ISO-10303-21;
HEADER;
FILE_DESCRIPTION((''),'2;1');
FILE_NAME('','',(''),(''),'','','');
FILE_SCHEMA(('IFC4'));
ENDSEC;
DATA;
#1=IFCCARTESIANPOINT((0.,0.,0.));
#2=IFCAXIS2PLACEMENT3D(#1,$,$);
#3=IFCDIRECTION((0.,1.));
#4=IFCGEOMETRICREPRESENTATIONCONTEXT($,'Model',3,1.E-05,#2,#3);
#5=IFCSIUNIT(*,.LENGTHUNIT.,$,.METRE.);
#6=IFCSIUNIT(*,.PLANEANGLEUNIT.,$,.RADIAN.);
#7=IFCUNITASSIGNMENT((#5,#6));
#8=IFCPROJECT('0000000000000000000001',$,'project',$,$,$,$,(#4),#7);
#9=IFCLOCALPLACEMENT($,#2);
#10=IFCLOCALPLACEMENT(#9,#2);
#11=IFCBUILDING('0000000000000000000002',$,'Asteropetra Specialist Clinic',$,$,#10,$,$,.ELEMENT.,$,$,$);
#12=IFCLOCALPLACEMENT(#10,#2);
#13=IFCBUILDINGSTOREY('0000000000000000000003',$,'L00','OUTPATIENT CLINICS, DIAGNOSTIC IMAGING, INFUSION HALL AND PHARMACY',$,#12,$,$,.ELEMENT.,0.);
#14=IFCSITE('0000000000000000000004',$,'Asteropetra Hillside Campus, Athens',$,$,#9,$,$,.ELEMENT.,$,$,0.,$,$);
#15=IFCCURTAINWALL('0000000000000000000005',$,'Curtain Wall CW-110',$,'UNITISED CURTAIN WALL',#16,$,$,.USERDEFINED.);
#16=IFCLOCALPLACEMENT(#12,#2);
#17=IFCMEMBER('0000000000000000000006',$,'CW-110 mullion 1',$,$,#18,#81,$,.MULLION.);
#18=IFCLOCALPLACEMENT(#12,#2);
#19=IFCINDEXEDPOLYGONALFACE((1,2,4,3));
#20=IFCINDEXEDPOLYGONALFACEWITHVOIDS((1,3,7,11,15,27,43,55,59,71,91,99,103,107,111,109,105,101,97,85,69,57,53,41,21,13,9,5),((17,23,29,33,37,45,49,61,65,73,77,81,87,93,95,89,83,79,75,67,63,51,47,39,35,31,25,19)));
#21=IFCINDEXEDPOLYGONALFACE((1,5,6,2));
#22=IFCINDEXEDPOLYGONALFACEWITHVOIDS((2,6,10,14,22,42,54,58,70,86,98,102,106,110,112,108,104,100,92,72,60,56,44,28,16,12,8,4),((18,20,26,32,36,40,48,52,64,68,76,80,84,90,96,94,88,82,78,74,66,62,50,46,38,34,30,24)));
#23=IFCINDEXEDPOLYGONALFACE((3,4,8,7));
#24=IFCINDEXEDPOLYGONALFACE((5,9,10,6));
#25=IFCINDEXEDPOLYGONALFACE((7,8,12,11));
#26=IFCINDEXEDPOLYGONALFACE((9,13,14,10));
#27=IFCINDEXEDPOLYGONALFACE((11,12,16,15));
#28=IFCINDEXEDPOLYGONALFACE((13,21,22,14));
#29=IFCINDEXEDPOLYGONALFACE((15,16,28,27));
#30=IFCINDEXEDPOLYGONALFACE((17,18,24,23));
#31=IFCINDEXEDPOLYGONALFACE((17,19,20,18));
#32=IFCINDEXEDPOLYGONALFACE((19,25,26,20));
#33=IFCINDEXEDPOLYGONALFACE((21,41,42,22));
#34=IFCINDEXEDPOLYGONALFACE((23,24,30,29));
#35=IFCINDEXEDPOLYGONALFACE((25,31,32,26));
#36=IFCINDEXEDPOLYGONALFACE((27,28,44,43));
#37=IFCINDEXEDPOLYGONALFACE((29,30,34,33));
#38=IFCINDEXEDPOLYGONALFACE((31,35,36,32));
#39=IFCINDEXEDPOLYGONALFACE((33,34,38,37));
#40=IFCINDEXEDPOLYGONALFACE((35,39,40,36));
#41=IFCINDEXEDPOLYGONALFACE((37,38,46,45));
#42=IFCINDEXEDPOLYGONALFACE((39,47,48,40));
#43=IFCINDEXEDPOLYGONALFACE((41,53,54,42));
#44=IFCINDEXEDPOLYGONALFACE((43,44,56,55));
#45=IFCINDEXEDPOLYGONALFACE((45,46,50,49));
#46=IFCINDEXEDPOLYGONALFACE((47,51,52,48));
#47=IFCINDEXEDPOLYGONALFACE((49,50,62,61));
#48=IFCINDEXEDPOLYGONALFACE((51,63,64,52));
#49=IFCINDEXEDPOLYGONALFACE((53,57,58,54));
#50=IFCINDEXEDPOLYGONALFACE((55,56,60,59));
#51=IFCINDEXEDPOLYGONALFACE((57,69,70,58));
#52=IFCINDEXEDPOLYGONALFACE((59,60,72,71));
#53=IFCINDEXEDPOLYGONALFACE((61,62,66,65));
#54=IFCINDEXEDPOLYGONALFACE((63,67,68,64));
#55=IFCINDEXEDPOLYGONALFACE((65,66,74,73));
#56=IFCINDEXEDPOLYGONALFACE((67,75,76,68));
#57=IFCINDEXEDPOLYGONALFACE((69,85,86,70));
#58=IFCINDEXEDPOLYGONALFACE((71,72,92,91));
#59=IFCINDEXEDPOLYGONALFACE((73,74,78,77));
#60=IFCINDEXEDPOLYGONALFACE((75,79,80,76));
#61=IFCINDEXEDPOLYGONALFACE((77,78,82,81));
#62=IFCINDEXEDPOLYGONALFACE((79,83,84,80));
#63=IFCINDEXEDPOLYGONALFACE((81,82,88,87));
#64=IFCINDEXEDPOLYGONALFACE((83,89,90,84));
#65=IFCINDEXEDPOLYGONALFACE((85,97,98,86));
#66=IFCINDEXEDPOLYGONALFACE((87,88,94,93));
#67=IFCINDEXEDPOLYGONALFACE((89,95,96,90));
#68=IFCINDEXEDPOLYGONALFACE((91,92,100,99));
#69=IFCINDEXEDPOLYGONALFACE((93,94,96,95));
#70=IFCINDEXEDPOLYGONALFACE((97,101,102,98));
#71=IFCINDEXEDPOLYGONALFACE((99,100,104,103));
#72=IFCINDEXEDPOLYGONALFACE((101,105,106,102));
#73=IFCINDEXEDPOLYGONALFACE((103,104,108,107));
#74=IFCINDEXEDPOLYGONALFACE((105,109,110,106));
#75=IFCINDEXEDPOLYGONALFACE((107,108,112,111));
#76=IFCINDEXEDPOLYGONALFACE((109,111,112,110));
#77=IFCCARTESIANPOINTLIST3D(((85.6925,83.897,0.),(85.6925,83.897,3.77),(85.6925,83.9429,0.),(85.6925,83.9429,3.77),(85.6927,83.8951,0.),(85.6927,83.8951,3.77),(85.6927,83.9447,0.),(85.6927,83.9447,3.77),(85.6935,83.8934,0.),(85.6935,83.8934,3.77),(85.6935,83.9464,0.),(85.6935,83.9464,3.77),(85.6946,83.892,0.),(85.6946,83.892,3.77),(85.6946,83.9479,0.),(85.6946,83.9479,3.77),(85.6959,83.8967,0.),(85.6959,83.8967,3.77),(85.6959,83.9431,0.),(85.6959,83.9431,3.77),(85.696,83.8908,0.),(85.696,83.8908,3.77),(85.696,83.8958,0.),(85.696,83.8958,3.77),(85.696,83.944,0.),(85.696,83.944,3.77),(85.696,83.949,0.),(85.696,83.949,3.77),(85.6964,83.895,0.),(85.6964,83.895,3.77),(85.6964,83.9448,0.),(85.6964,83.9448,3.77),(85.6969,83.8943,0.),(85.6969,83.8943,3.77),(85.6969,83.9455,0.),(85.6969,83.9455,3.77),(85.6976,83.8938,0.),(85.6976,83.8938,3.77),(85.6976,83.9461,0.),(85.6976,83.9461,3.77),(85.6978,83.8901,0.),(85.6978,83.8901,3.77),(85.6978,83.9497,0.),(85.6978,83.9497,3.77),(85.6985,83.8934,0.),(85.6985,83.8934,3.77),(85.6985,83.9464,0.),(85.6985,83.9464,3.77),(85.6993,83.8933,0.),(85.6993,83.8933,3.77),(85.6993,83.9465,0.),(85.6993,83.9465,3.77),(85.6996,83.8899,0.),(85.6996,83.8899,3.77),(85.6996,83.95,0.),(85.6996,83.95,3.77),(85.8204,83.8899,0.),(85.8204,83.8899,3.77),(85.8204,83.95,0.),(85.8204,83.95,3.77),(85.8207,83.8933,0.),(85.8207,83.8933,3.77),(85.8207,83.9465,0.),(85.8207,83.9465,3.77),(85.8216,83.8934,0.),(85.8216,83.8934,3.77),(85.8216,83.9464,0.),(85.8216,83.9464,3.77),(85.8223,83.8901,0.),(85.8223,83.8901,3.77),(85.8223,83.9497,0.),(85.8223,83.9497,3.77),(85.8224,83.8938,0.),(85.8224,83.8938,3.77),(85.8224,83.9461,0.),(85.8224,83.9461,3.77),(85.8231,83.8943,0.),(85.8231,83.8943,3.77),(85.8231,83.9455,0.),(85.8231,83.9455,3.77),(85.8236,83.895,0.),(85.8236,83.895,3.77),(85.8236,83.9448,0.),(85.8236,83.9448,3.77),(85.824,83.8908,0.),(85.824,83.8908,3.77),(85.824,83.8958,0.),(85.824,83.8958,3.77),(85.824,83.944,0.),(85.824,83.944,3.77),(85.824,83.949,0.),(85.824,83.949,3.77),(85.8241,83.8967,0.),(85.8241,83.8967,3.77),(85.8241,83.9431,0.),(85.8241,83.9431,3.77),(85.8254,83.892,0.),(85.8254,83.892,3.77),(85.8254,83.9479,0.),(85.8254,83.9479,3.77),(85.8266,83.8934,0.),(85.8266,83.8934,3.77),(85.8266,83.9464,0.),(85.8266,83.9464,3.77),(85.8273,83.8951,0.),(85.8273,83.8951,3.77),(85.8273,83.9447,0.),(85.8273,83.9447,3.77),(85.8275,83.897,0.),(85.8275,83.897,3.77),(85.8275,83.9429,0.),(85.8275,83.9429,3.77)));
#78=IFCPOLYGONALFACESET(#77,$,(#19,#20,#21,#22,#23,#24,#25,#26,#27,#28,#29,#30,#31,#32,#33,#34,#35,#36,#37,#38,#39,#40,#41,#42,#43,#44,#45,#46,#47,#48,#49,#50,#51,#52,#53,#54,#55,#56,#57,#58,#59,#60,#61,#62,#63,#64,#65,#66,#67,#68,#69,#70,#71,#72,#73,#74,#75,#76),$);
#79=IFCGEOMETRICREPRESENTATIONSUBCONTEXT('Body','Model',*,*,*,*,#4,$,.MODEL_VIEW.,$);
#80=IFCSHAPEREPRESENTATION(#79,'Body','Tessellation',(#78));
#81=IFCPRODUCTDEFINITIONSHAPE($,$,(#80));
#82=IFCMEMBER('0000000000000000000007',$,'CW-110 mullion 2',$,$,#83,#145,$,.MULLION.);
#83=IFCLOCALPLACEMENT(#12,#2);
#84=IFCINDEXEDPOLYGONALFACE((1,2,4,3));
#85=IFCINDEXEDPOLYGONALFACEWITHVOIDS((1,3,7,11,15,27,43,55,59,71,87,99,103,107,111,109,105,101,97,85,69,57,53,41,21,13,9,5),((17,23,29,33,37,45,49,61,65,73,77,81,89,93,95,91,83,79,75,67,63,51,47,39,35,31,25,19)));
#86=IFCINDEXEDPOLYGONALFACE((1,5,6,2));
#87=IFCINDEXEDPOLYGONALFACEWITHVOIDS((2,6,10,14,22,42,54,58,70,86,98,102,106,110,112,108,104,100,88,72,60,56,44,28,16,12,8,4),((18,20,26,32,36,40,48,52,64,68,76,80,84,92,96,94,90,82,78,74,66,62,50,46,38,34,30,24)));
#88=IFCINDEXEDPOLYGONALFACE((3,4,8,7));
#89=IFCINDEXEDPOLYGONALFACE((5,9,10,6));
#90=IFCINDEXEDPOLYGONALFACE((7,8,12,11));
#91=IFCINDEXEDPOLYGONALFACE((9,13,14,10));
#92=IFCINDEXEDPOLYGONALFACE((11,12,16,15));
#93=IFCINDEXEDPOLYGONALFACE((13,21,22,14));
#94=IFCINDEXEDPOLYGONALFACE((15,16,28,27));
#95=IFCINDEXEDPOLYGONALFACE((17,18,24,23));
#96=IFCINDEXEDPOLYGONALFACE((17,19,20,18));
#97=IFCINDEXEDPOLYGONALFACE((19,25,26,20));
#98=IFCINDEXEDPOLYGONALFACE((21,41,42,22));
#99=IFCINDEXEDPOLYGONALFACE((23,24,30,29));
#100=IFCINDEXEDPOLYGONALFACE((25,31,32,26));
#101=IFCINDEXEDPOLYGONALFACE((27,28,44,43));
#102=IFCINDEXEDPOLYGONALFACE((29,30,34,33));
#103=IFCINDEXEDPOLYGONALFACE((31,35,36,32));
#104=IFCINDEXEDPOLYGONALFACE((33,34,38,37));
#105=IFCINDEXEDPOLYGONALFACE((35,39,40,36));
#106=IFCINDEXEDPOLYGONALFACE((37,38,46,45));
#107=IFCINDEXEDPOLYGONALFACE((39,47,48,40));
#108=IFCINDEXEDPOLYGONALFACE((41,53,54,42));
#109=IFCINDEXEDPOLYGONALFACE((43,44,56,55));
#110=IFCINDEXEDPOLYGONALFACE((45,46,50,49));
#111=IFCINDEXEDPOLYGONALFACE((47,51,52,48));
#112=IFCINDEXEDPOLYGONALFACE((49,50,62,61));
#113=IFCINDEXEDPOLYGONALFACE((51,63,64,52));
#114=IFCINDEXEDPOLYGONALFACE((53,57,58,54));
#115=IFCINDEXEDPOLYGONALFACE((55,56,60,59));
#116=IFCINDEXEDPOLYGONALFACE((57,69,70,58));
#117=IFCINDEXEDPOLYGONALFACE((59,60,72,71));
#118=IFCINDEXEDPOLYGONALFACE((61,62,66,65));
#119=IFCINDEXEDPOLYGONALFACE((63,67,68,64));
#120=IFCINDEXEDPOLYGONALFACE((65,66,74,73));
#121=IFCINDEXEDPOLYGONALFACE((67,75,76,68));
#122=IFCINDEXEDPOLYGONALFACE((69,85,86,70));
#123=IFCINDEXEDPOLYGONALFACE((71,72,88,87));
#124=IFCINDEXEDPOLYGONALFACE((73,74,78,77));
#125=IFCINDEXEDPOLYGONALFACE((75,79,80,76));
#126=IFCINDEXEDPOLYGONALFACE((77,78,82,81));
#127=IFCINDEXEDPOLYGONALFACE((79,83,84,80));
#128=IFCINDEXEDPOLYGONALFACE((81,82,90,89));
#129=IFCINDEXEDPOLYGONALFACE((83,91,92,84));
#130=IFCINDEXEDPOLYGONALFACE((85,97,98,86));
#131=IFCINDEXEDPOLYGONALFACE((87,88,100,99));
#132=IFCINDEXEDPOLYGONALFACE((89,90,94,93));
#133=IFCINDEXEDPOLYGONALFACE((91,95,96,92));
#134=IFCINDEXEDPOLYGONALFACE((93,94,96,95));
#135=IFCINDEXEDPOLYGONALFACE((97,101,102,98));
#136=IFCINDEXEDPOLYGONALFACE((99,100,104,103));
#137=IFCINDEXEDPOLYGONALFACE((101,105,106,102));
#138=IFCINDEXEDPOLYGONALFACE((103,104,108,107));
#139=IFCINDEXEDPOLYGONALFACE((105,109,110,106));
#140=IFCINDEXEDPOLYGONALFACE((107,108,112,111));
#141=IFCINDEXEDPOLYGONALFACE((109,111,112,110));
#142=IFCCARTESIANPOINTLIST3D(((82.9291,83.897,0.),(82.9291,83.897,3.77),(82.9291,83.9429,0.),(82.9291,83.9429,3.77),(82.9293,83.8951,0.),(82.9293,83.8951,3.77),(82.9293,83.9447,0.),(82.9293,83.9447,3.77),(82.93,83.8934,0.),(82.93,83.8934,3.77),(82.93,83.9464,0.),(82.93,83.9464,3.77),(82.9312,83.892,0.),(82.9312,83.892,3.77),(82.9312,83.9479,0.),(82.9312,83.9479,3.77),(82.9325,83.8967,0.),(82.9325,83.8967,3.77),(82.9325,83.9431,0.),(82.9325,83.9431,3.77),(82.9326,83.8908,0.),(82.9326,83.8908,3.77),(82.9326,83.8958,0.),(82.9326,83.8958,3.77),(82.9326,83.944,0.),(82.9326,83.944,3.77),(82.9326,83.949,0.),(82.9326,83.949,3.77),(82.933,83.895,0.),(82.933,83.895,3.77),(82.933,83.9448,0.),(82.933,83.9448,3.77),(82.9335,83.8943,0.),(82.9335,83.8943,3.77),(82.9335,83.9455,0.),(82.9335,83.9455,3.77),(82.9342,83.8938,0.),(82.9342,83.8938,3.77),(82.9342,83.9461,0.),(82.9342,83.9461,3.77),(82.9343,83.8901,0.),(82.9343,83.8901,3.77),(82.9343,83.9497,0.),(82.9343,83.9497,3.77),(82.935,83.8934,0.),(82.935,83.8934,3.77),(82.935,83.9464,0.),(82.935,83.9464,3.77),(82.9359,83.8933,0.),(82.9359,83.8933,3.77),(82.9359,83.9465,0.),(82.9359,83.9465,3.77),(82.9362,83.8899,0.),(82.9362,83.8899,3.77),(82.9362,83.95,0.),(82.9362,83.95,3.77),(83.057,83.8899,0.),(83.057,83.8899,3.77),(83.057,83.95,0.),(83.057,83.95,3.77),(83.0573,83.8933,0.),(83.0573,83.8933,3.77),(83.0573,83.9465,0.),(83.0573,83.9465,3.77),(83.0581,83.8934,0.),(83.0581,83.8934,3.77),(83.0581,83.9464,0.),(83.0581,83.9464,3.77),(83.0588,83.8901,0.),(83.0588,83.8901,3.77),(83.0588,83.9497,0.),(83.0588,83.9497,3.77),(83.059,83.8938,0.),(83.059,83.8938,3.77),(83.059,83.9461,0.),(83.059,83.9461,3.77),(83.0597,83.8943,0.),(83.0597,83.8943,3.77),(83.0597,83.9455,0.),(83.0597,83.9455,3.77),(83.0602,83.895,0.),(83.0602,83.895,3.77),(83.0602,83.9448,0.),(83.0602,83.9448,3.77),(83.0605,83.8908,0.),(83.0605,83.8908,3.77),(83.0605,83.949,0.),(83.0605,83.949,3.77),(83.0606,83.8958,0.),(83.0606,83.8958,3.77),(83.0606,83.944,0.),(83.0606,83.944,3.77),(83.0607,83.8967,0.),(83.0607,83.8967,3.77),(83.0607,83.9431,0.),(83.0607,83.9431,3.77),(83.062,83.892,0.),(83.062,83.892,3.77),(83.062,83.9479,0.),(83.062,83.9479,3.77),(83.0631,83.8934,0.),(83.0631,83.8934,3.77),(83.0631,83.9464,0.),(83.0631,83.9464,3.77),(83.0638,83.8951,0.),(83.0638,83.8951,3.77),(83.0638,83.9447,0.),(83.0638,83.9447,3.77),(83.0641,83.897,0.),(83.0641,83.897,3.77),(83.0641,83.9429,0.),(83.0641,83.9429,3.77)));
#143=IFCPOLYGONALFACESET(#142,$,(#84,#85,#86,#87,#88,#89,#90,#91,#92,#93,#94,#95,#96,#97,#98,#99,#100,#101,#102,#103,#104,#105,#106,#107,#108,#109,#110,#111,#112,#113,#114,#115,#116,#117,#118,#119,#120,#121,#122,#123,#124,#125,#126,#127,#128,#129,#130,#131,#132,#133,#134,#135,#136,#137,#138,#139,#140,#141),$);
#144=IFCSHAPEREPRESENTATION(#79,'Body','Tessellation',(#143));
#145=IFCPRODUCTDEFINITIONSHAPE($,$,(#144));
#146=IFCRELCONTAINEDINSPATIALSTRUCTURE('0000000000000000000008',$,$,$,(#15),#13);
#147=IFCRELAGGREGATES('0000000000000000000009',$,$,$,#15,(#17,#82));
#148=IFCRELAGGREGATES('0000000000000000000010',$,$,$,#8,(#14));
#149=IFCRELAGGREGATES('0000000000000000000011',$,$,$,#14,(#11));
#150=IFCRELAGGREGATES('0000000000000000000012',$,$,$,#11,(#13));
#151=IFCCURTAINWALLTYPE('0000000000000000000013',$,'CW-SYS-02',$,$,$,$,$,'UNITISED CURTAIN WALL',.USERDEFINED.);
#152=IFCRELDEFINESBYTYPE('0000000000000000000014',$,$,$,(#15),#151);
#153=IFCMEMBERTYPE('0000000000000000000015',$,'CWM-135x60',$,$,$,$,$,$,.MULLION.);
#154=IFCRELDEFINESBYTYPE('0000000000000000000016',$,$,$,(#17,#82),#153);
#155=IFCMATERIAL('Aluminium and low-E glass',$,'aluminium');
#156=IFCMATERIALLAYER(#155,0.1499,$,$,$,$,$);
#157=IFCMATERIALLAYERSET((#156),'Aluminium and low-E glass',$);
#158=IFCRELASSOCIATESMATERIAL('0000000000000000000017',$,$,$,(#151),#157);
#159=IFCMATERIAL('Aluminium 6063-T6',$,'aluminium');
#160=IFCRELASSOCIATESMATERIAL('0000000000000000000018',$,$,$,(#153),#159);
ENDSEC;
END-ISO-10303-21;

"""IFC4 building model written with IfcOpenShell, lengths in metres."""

from ifc_helpers import new_model, si_unit, direction, frame, origin, origin_2d, place, context, subcontext, project, spatial, hollow_rectangle, extrude, material, layer, layer_set, material_profile, profile_set, type_object, element, aggregate, save


model = new_model("IFC4")

# Units and contexts
model_context = context("Model", 3, precision=1e-05, world=origin(), true_north=direction((0.0, 1.0)))
body_context = subcontext(model_context, "Body", "Model", "MODEL_VIEW")
ifc_project = project(units=[si_unit("LENGTHUNIT", "METRE"), si_unit("PLANEANGLEUNIT", "RADIAN")], contexts=[model_context])

# Site, building, storey
site_placement = place(None, origin())
site = spatial("IfcSite", under=ifc_project, at=site_placement, Name="Asteropetra Hillside Campus, Athens", CompositionType="ELEMENT", RefElevation=0.0)
building_placement = place(site_placement, origin())
building = spatial("IfcBuilding", under=site, at=building_placement, Name="Asteropetra Specialist Clinic", CompositionType="ELEMENT")
storey_placement = place(building_placement, origin())
storey = spatial("IfcBuildingStorey", under=building, at=storey_placement, Name="L00", Description="OUTPATIENT CLINICS, DIAGNOSTIC IMAGING, INFUSION HALL AND PHARMACY", CompositionType="ELEMENT", Elevation=0.0)

# Curtain wall, members
ifc_material_1 = material(Name="Aluminium and low-E glass", Category="aluminium")
ifc_layer_1 = layer(ifc_material_1, 0.1499)
ifc_layer_set_1 = layer_set([ifc_layer_1], Name="Aluminium and low-E glass")
curtain_wall_type_1 = type_object("IfcCurtainWallType", Name="CW-SYS-02", ElementType="UNITISED CURTAIN WALL", PredefinedType="USERDEFINED", material=ifc_layer_set_1)
curtain_wall_1_placement = place(storey_placement, origin())
curtain_wall_1 = element("IfcCurtainWall", 1, at=curtain_wall_1_placement, inside=storey, type_object=curtain_wall_type_1, Name="Curtain Wall CW-110", ObjectType="UNITISED CURTAIN WALL", PredefinedType="USERDEFINED")
ifc_material_2 = material(Name="Aluminium 6063-T6", Category="aluminium")
ifc_material_profile_1 = material_profile(ifc_material_2, hollow_rectangle(XDim=0.0601, YDim=0.135, WallThickness=0.0034, InnerFilletRadius=0.0034, OuterFilletRadius=0.0071, at=origin_2d()), Name="MUL 135x60x3.5")
ifc_profile_set_1 = profile_set([ifc_material_profile_1], Name="Aluminium 6063-T6")
member_type_1 = type_object("IfcMemberType", Name="CWM-135x60", PredefinedType="MULLION", material=ifc_profile_set_1)
member_1_placement = place(storey_placement, frame((85.76, 83.9199, 0.0), z_axis=(0.0, 0.0, 1.0), x_axis=(0.0, -1.0, 0.0)))
member_1 = element("IfcMember", 2, at=member_1_placement, type_object=member_type_1, Name="CW-110 mullion 1", PredefinedType="MULLION", context=body_context, shape_type="SweptSolid", body=[
    extrude(hollow_rectangle(XDim=0.0601, YDim=0.135, WallThickness=0.0034, InnerFilletRadius=0.0034, OuterFilletRadius=0.0071, at=origin_2d()), origin(), (0.0, 0.0, 1.0), 3.77),
])
member_2_placement = place(storey_placement, frame((82.9966, 83.9199, 0.0), z_axis=(0.0, 0.0, 1.0), x_axis=(0.0, -1.0, 0.0)))
member_2 = element("IfcMember", 3, at=member_2_placement, type_object=member_type_1, Name="CW-110 mullion 2", PredefinedType="MULLION", context=body_context, shape_type="SweptSolid", body=[
    extrude(hollow_rectangle(XDim=0.0601, YDim=0.135, WallThickness=0.0034, InnerFilletRadius=0.0034, OuterFilletRadius=0.0071, at=origin_2d()), origin(), (0.0, 0.0, 1.0), 3.77),
])

aggregate(curtain_wall_1, [member_1, member_2])

save(model, "model.ifc")
